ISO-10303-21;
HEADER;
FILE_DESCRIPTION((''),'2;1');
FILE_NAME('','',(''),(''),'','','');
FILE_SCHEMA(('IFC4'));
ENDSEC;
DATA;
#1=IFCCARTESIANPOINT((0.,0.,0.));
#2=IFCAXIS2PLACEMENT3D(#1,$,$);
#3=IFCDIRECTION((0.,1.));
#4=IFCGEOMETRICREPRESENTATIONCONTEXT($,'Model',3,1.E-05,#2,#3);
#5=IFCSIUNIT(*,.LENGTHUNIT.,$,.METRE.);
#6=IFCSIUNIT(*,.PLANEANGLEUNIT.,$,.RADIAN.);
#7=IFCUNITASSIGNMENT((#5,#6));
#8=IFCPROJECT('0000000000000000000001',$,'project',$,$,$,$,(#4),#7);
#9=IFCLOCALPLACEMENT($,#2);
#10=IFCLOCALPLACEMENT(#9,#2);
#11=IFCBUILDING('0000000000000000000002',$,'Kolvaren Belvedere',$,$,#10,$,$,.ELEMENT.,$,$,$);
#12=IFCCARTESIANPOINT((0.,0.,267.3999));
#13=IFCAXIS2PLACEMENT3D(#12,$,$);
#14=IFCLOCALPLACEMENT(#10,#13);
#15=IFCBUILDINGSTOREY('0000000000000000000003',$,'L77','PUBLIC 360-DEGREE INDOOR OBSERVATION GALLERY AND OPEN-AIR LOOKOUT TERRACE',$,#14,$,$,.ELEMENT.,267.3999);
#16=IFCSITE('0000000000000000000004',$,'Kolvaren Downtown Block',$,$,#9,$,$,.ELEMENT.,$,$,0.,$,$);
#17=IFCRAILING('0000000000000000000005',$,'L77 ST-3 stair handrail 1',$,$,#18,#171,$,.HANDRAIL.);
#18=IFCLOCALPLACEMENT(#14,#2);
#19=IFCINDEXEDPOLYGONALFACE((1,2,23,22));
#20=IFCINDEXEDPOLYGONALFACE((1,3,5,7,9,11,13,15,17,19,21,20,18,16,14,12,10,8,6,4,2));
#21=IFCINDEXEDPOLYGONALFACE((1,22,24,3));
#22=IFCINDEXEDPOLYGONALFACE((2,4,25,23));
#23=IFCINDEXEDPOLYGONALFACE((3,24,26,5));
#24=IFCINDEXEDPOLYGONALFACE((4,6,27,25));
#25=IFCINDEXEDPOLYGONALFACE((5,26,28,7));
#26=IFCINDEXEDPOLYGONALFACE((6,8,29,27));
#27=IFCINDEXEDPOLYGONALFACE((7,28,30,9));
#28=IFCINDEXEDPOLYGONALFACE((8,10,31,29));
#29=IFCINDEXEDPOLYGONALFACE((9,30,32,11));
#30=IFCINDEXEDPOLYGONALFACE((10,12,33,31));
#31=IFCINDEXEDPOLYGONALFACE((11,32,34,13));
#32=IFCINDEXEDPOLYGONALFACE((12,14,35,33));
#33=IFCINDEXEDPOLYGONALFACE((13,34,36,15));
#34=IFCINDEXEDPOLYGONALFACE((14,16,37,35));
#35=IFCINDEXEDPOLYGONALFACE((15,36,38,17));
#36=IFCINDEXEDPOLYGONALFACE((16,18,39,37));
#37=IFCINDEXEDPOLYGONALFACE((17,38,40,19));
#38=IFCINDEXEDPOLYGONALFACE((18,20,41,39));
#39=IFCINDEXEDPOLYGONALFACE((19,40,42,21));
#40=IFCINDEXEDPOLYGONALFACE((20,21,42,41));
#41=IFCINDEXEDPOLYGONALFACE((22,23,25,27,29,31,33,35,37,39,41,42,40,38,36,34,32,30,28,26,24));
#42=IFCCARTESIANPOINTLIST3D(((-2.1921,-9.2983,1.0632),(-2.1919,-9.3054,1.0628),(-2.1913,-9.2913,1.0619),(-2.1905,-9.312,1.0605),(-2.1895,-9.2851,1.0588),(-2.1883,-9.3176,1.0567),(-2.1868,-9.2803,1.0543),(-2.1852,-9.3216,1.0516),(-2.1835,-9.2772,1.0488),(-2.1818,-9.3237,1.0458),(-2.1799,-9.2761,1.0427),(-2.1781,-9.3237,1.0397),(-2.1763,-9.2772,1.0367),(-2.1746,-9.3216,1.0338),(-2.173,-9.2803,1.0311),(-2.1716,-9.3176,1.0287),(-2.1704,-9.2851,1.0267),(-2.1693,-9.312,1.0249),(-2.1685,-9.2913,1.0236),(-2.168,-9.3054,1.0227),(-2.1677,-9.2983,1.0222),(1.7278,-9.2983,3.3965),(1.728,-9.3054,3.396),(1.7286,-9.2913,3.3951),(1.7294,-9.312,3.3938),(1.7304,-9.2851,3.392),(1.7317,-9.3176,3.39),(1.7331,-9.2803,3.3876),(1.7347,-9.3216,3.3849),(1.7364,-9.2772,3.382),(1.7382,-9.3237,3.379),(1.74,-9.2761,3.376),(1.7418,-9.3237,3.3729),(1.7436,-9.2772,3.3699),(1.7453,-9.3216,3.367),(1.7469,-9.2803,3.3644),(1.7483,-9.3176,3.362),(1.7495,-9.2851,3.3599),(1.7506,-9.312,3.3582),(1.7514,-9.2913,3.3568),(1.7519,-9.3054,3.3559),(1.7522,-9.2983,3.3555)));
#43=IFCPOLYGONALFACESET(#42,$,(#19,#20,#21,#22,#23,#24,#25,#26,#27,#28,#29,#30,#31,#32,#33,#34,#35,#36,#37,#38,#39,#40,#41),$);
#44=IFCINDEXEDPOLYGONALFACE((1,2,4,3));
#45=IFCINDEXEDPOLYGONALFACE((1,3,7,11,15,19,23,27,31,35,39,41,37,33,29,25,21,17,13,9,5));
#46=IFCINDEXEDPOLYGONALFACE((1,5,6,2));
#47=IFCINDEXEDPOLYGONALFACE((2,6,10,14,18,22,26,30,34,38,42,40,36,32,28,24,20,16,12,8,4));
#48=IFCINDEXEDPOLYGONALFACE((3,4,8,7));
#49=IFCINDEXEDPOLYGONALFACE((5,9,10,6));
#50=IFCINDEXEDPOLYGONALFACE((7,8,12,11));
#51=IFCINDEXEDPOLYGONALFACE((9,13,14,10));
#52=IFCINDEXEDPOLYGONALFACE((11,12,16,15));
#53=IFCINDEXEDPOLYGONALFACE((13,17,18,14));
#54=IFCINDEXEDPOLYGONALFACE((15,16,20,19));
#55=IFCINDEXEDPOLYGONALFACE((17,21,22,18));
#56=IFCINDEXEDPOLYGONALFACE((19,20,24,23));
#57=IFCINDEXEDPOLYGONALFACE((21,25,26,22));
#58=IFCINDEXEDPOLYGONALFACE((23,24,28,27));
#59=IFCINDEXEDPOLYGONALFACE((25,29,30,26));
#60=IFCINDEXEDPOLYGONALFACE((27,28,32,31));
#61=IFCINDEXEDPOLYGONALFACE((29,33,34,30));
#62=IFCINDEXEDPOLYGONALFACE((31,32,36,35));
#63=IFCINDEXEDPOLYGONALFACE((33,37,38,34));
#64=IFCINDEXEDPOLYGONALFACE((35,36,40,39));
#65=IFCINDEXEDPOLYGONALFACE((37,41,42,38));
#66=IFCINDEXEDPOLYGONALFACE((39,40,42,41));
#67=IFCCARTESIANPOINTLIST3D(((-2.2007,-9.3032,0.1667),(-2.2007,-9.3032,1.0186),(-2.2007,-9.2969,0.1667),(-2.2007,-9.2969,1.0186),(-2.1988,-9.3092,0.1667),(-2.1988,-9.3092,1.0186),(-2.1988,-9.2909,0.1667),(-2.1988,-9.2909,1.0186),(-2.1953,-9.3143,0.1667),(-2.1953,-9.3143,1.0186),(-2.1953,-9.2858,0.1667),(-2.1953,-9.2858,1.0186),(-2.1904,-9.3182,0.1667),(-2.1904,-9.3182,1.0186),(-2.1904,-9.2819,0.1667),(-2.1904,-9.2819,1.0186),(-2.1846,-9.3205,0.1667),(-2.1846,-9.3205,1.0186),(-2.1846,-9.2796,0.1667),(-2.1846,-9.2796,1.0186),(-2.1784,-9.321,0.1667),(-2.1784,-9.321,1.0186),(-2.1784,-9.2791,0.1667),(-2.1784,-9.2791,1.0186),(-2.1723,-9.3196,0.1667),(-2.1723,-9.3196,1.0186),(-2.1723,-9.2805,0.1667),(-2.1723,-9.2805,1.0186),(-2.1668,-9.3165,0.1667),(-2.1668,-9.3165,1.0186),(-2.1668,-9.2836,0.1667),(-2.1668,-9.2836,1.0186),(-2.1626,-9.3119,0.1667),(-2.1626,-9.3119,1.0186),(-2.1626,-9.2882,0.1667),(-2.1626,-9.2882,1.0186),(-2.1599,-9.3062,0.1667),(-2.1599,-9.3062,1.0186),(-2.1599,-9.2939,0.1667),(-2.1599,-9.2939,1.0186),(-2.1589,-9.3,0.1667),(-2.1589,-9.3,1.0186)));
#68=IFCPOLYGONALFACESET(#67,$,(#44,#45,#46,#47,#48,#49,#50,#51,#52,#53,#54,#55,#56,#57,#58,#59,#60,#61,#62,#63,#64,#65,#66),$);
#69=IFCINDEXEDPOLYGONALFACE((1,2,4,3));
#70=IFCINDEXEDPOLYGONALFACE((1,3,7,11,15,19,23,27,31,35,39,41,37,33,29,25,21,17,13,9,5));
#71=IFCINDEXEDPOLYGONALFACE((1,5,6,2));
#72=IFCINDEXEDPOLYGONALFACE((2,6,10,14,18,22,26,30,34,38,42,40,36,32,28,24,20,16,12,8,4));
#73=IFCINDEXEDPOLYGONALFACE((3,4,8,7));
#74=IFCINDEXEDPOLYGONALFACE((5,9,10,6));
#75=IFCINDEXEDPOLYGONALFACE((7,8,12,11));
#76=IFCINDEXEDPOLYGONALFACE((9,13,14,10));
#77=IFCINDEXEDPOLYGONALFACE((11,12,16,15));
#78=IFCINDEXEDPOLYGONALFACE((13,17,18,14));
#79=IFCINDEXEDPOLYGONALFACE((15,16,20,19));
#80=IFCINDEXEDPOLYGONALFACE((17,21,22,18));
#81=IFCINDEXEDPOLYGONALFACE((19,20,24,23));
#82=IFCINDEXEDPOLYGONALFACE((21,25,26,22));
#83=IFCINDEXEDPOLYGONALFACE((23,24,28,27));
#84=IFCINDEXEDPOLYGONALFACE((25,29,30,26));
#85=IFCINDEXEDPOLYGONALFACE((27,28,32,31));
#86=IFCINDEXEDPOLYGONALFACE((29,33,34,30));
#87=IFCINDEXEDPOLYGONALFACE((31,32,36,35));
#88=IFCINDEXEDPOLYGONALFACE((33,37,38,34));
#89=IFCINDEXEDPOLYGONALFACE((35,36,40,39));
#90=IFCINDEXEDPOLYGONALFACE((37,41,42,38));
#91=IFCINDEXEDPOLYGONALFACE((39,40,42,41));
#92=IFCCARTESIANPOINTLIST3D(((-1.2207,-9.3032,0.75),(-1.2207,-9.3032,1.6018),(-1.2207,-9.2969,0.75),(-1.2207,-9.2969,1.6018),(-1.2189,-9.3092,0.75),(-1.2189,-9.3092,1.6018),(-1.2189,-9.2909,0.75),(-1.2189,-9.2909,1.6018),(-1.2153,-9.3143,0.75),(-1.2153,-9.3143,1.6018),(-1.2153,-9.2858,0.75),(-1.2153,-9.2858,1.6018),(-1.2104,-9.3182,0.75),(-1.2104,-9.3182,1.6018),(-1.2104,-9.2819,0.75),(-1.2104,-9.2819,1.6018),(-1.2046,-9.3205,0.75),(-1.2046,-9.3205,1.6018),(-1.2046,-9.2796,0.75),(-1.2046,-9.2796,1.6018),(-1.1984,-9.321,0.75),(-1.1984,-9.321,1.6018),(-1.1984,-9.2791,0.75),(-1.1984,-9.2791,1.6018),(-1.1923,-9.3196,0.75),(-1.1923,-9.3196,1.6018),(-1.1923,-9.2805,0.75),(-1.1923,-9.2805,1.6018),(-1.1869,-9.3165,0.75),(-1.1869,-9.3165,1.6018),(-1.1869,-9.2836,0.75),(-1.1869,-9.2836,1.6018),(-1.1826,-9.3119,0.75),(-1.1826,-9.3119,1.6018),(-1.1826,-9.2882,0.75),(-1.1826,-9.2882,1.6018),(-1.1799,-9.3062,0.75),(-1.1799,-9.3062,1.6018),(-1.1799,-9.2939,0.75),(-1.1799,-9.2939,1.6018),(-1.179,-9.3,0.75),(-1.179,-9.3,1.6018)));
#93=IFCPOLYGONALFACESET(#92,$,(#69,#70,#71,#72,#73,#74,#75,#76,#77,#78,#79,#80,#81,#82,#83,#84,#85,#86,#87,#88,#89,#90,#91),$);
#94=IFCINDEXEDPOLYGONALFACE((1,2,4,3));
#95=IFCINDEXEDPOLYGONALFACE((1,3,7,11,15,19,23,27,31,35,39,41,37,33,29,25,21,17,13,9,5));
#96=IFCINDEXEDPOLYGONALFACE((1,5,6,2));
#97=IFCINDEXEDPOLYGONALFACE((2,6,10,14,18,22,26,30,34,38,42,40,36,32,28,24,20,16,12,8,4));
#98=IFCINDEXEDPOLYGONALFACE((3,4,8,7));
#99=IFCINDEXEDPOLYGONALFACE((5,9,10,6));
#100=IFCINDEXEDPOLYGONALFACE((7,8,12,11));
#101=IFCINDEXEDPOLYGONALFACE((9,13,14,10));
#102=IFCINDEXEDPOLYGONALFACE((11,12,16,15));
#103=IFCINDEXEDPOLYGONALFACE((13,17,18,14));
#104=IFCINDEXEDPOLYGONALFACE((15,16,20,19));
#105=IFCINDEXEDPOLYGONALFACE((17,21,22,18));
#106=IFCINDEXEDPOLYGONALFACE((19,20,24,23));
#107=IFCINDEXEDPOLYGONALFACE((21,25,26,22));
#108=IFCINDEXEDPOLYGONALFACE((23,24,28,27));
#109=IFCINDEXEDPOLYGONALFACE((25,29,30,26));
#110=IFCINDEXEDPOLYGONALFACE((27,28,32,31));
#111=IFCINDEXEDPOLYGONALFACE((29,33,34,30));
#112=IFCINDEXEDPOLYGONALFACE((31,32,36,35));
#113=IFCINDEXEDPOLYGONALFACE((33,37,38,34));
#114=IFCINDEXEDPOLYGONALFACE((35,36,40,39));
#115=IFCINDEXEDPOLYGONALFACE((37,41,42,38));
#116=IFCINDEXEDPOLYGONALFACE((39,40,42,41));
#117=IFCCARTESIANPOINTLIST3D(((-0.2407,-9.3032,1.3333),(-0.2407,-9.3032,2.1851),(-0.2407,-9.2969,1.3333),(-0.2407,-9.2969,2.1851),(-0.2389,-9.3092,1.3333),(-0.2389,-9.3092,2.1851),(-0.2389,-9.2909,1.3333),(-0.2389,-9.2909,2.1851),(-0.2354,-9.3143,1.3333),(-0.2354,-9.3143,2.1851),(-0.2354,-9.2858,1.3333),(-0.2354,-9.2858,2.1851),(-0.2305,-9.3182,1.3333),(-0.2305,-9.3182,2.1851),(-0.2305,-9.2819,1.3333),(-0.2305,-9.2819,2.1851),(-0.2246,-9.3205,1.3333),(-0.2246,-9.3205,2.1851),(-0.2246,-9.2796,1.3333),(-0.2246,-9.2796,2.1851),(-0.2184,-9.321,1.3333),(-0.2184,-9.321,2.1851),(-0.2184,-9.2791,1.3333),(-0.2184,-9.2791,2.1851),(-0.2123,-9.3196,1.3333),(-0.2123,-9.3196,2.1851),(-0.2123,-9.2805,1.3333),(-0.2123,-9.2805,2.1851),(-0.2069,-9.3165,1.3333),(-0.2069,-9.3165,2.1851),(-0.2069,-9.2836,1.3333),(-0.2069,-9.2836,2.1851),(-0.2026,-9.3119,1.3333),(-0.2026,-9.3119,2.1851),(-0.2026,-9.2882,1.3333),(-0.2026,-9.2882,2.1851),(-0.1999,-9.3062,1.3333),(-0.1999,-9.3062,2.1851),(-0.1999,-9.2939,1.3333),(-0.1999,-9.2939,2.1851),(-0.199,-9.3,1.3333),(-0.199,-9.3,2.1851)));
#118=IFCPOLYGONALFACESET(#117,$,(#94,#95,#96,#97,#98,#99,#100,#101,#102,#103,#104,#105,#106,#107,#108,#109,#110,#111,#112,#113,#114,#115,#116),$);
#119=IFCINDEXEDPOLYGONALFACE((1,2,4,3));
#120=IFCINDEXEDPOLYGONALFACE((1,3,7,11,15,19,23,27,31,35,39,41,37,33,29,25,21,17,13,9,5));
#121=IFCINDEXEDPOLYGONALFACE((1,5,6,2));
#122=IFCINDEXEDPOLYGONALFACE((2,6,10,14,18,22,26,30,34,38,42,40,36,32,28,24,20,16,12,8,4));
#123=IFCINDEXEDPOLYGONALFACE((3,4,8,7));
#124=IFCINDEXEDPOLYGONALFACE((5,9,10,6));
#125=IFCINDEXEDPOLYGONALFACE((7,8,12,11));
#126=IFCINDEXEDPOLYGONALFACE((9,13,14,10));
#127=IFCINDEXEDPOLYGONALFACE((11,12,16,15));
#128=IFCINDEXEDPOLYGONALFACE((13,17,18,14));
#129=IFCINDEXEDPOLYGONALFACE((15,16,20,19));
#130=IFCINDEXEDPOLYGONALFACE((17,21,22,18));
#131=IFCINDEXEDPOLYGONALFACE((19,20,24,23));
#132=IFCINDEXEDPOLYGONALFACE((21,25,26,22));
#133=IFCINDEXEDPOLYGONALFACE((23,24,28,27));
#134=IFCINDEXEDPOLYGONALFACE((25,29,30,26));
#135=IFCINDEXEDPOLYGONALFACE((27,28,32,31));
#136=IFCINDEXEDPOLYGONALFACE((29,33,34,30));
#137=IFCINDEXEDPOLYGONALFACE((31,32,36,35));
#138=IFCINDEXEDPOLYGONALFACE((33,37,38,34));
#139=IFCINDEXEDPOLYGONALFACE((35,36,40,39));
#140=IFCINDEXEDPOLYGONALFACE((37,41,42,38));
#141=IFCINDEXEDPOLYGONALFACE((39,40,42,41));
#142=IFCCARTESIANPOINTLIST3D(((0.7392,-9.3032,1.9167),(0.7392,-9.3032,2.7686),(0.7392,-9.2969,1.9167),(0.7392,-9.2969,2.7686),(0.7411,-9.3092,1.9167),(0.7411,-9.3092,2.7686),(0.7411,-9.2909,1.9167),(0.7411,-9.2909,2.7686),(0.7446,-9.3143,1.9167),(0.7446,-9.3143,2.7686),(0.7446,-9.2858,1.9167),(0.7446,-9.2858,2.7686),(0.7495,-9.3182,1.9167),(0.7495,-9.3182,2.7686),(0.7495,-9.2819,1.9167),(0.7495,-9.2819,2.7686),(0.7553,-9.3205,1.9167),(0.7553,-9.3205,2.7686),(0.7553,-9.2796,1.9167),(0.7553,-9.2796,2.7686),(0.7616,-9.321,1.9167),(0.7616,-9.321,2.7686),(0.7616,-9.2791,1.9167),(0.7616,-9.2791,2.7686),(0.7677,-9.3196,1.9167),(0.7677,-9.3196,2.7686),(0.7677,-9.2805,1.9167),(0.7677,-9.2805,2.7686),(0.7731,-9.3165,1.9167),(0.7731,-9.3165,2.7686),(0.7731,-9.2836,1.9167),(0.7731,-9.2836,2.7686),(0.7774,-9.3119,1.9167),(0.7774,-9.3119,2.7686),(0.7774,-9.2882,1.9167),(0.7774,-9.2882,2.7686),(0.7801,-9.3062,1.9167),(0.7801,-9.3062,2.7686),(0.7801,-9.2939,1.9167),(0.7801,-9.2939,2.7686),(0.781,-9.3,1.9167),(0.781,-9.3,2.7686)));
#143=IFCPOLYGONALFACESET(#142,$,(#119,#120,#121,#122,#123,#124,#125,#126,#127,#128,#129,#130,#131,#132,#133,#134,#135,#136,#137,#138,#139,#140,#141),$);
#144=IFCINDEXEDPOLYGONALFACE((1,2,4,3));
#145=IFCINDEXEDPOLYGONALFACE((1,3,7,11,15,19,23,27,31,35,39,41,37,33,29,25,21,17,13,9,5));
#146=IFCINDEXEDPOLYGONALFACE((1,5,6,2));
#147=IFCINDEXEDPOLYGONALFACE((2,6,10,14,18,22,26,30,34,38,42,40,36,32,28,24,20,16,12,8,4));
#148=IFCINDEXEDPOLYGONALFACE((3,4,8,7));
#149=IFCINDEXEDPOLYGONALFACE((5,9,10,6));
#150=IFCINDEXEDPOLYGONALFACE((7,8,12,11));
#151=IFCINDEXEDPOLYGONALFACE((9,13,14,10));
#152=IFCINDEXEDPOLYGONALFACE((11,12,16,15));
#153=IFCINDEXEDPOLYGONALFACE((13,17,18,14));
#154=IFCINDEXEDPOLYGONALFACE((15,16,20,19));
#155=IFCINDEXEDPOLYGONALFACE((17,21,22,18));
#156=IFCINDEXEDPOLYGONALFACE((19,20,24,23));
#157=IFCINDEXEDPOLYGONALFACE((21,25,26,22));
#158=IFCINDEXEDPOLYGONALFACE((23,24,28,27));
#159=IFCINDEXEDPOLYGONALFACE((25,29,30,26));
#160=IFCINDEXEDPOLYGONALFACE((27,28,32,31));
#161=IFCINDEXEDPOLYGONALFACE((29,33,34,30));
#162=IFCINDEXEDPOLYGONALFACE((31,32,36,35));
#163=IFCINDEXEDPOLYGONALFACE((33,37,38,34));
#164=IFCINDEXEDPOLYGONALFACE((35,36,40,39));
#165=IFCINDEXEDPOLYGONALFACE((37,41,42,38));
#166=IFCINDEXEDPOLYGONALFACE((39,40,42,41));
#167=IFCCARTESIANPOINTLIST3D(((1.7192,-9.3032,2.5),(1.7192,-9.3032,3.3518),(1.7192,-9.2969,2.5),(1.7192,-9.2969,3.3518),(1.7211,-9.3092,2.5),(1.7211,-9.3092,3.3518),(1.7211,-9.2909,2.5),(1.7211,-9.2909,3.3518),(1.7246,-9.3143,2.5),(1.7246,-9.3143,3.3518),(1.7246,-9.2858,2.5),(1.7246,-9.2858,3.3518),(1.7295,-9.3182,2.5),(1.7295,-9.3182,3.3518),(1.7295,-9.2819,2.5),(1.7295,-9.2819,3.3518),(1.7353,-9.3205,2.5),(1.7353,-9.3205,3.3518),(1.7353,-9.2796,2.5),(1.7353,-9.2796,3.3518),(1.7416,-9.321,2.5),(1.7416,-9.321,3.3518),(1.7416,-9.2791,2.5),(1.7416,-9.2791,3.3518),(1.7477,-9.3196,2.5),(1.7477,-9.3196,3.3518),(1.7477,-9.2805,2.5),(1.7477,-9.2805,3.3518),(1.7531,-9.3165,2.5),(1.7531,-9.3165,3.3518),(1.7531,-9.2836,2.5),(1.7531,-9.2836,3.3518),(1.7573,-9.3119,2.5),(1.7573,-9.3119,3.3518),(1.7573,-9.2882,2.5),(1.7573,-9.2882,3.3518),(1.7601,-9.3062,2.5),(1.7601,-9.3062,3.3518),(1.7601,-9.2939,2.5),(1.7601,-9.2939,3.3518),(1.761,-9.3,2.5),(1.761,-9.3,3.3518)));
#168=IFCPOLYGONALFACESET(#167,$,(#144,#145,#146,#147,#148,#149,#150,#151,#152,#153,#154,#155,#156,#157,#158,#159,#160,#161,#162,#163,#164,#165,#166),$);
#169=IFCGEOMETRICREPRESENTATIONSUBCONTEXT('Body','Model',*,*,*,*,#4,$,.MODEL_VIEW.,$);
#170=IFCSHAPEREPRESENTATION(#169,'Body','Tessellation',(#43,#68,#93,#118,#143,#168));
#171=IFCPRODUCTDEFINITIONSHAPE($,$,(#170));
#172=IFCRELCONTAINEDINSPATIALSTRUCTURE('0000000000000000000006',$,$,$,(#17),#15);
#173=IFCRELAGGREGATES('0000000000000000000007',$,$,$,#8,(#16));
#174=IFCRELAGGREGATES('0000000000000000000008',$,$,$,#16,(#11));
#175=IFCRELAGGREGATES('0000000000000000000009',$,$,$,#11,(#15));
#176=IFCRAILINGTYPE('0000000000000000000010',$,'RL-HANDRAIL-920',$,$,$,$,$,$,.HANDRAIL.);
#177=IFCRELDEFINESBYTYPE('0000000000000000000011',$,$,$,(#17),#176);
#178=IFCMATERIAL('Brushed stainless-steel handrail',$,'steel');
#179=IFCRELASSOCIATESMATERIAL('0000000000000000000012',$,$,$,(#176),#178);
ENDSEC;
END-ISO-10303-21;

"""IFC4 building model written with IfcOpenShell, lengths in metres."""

from ifc_helpers import new_model, si_unit, direction, frame, origin, origin_2d, place, context, subcontext, project, spatial, circle, extrude, material, type_object, element, save


model = new_model("IFC4")

# Units and contexts
model_context = context("Model", 3, precision=1e-05, world=origin(), true_north=direction((0.0, 1.0)))
body_context = subcontext(model_context, "Body", "Model", "MODEL_VIEW")
ifc_project = project(units=[si_unit("LENGTHUNIT", "METRE"), si_unit("PLANEANGLEUNIT", "RADIAN")], contexts=[model_context])

# Site, building, storey
site_placement = place(None, origin())
site = spatial("IfcSite", under=ifc_project, at=site_placement, Name="Kolvaren Downtown Block", CompositionType="ELEMENT", RefElevation=0.0)
building_placement = place(site_placement, origin())
building = spatial("IfcBuilding", under=site, at=building_placement, Name="Kolvaren Belvedere", CompositionType="ELEMENT")
storey_placement = place(building_placement, frame((0.0, 0.0, 267.3999)))
storey = spatial("IfcBuildingStorey", under=building, at=storey_placement, Name="L77", Description="PUBLIC 360-DEGREE INDOOR OBSERVATION GALLERY AND OPEN-AIR LOOKOUT TERRACE", CompositionType="ELEMENT", Elevation=267.3999)

# Railing
ifc_material_1 = material(Name="Brushed stainless-steel handrail", Category="steel")
railing_type_1 = type_object("IfcRailingType", Name="RL-HANDRAIL-920", PredefinedType="HANDRAIL", material=ifc_material_1)
railing_1_placement = place(storey_placement, frame((-2.1799, -9.3, 0.1667)))
element("IfcRailing", 1, at=railing_1_placement, inside=storey, type_object=railing_type_1, Name="L77 ST-3 stair handrail 1", PredefinedType="HANDRAIL", context=body_context, shape_type="SweptSolid", body=[
    extrude(circle(Radius=0.0239, at=origin_2d()), frame((0.0, 0.0, 0.876), z_axis=(0.859296, 0.0, 0.511478), x_axis=(0.0, 1.0, 0.0)), (0.0, 0.0, 1.0), 4.5618),
    extrude(circle(Radius=0.021, at=origin_2d()), origin(), (0.0, 0.0, 1.0), 0.8518),
    extrude(circle(Radius=0.021, at=origin_2d()), frame((0.98, 0.0, 0.5833)), (0.0, 0.0, 1.0), 0.8518),
    extrude(circle(Radius=0.021, at=origin_2d()), frame((1.96, 0.0, 1.1665)), (0.0, 0.0, 1.0), 0.8518),
    extrude(circle(Radius=0.021, at=origin_2d()), frame((2.9399, 0.0, 1.75)), (0.0, 0.0, 1.0), 0.8518),
    extrude(circle(Radius=0.021, at=origin_2d()), frame((3.9199, 0.0, 2.3333)), (0.0, 0.0, 1.0), 0.8518),
])

save(model, "model.ifc")
